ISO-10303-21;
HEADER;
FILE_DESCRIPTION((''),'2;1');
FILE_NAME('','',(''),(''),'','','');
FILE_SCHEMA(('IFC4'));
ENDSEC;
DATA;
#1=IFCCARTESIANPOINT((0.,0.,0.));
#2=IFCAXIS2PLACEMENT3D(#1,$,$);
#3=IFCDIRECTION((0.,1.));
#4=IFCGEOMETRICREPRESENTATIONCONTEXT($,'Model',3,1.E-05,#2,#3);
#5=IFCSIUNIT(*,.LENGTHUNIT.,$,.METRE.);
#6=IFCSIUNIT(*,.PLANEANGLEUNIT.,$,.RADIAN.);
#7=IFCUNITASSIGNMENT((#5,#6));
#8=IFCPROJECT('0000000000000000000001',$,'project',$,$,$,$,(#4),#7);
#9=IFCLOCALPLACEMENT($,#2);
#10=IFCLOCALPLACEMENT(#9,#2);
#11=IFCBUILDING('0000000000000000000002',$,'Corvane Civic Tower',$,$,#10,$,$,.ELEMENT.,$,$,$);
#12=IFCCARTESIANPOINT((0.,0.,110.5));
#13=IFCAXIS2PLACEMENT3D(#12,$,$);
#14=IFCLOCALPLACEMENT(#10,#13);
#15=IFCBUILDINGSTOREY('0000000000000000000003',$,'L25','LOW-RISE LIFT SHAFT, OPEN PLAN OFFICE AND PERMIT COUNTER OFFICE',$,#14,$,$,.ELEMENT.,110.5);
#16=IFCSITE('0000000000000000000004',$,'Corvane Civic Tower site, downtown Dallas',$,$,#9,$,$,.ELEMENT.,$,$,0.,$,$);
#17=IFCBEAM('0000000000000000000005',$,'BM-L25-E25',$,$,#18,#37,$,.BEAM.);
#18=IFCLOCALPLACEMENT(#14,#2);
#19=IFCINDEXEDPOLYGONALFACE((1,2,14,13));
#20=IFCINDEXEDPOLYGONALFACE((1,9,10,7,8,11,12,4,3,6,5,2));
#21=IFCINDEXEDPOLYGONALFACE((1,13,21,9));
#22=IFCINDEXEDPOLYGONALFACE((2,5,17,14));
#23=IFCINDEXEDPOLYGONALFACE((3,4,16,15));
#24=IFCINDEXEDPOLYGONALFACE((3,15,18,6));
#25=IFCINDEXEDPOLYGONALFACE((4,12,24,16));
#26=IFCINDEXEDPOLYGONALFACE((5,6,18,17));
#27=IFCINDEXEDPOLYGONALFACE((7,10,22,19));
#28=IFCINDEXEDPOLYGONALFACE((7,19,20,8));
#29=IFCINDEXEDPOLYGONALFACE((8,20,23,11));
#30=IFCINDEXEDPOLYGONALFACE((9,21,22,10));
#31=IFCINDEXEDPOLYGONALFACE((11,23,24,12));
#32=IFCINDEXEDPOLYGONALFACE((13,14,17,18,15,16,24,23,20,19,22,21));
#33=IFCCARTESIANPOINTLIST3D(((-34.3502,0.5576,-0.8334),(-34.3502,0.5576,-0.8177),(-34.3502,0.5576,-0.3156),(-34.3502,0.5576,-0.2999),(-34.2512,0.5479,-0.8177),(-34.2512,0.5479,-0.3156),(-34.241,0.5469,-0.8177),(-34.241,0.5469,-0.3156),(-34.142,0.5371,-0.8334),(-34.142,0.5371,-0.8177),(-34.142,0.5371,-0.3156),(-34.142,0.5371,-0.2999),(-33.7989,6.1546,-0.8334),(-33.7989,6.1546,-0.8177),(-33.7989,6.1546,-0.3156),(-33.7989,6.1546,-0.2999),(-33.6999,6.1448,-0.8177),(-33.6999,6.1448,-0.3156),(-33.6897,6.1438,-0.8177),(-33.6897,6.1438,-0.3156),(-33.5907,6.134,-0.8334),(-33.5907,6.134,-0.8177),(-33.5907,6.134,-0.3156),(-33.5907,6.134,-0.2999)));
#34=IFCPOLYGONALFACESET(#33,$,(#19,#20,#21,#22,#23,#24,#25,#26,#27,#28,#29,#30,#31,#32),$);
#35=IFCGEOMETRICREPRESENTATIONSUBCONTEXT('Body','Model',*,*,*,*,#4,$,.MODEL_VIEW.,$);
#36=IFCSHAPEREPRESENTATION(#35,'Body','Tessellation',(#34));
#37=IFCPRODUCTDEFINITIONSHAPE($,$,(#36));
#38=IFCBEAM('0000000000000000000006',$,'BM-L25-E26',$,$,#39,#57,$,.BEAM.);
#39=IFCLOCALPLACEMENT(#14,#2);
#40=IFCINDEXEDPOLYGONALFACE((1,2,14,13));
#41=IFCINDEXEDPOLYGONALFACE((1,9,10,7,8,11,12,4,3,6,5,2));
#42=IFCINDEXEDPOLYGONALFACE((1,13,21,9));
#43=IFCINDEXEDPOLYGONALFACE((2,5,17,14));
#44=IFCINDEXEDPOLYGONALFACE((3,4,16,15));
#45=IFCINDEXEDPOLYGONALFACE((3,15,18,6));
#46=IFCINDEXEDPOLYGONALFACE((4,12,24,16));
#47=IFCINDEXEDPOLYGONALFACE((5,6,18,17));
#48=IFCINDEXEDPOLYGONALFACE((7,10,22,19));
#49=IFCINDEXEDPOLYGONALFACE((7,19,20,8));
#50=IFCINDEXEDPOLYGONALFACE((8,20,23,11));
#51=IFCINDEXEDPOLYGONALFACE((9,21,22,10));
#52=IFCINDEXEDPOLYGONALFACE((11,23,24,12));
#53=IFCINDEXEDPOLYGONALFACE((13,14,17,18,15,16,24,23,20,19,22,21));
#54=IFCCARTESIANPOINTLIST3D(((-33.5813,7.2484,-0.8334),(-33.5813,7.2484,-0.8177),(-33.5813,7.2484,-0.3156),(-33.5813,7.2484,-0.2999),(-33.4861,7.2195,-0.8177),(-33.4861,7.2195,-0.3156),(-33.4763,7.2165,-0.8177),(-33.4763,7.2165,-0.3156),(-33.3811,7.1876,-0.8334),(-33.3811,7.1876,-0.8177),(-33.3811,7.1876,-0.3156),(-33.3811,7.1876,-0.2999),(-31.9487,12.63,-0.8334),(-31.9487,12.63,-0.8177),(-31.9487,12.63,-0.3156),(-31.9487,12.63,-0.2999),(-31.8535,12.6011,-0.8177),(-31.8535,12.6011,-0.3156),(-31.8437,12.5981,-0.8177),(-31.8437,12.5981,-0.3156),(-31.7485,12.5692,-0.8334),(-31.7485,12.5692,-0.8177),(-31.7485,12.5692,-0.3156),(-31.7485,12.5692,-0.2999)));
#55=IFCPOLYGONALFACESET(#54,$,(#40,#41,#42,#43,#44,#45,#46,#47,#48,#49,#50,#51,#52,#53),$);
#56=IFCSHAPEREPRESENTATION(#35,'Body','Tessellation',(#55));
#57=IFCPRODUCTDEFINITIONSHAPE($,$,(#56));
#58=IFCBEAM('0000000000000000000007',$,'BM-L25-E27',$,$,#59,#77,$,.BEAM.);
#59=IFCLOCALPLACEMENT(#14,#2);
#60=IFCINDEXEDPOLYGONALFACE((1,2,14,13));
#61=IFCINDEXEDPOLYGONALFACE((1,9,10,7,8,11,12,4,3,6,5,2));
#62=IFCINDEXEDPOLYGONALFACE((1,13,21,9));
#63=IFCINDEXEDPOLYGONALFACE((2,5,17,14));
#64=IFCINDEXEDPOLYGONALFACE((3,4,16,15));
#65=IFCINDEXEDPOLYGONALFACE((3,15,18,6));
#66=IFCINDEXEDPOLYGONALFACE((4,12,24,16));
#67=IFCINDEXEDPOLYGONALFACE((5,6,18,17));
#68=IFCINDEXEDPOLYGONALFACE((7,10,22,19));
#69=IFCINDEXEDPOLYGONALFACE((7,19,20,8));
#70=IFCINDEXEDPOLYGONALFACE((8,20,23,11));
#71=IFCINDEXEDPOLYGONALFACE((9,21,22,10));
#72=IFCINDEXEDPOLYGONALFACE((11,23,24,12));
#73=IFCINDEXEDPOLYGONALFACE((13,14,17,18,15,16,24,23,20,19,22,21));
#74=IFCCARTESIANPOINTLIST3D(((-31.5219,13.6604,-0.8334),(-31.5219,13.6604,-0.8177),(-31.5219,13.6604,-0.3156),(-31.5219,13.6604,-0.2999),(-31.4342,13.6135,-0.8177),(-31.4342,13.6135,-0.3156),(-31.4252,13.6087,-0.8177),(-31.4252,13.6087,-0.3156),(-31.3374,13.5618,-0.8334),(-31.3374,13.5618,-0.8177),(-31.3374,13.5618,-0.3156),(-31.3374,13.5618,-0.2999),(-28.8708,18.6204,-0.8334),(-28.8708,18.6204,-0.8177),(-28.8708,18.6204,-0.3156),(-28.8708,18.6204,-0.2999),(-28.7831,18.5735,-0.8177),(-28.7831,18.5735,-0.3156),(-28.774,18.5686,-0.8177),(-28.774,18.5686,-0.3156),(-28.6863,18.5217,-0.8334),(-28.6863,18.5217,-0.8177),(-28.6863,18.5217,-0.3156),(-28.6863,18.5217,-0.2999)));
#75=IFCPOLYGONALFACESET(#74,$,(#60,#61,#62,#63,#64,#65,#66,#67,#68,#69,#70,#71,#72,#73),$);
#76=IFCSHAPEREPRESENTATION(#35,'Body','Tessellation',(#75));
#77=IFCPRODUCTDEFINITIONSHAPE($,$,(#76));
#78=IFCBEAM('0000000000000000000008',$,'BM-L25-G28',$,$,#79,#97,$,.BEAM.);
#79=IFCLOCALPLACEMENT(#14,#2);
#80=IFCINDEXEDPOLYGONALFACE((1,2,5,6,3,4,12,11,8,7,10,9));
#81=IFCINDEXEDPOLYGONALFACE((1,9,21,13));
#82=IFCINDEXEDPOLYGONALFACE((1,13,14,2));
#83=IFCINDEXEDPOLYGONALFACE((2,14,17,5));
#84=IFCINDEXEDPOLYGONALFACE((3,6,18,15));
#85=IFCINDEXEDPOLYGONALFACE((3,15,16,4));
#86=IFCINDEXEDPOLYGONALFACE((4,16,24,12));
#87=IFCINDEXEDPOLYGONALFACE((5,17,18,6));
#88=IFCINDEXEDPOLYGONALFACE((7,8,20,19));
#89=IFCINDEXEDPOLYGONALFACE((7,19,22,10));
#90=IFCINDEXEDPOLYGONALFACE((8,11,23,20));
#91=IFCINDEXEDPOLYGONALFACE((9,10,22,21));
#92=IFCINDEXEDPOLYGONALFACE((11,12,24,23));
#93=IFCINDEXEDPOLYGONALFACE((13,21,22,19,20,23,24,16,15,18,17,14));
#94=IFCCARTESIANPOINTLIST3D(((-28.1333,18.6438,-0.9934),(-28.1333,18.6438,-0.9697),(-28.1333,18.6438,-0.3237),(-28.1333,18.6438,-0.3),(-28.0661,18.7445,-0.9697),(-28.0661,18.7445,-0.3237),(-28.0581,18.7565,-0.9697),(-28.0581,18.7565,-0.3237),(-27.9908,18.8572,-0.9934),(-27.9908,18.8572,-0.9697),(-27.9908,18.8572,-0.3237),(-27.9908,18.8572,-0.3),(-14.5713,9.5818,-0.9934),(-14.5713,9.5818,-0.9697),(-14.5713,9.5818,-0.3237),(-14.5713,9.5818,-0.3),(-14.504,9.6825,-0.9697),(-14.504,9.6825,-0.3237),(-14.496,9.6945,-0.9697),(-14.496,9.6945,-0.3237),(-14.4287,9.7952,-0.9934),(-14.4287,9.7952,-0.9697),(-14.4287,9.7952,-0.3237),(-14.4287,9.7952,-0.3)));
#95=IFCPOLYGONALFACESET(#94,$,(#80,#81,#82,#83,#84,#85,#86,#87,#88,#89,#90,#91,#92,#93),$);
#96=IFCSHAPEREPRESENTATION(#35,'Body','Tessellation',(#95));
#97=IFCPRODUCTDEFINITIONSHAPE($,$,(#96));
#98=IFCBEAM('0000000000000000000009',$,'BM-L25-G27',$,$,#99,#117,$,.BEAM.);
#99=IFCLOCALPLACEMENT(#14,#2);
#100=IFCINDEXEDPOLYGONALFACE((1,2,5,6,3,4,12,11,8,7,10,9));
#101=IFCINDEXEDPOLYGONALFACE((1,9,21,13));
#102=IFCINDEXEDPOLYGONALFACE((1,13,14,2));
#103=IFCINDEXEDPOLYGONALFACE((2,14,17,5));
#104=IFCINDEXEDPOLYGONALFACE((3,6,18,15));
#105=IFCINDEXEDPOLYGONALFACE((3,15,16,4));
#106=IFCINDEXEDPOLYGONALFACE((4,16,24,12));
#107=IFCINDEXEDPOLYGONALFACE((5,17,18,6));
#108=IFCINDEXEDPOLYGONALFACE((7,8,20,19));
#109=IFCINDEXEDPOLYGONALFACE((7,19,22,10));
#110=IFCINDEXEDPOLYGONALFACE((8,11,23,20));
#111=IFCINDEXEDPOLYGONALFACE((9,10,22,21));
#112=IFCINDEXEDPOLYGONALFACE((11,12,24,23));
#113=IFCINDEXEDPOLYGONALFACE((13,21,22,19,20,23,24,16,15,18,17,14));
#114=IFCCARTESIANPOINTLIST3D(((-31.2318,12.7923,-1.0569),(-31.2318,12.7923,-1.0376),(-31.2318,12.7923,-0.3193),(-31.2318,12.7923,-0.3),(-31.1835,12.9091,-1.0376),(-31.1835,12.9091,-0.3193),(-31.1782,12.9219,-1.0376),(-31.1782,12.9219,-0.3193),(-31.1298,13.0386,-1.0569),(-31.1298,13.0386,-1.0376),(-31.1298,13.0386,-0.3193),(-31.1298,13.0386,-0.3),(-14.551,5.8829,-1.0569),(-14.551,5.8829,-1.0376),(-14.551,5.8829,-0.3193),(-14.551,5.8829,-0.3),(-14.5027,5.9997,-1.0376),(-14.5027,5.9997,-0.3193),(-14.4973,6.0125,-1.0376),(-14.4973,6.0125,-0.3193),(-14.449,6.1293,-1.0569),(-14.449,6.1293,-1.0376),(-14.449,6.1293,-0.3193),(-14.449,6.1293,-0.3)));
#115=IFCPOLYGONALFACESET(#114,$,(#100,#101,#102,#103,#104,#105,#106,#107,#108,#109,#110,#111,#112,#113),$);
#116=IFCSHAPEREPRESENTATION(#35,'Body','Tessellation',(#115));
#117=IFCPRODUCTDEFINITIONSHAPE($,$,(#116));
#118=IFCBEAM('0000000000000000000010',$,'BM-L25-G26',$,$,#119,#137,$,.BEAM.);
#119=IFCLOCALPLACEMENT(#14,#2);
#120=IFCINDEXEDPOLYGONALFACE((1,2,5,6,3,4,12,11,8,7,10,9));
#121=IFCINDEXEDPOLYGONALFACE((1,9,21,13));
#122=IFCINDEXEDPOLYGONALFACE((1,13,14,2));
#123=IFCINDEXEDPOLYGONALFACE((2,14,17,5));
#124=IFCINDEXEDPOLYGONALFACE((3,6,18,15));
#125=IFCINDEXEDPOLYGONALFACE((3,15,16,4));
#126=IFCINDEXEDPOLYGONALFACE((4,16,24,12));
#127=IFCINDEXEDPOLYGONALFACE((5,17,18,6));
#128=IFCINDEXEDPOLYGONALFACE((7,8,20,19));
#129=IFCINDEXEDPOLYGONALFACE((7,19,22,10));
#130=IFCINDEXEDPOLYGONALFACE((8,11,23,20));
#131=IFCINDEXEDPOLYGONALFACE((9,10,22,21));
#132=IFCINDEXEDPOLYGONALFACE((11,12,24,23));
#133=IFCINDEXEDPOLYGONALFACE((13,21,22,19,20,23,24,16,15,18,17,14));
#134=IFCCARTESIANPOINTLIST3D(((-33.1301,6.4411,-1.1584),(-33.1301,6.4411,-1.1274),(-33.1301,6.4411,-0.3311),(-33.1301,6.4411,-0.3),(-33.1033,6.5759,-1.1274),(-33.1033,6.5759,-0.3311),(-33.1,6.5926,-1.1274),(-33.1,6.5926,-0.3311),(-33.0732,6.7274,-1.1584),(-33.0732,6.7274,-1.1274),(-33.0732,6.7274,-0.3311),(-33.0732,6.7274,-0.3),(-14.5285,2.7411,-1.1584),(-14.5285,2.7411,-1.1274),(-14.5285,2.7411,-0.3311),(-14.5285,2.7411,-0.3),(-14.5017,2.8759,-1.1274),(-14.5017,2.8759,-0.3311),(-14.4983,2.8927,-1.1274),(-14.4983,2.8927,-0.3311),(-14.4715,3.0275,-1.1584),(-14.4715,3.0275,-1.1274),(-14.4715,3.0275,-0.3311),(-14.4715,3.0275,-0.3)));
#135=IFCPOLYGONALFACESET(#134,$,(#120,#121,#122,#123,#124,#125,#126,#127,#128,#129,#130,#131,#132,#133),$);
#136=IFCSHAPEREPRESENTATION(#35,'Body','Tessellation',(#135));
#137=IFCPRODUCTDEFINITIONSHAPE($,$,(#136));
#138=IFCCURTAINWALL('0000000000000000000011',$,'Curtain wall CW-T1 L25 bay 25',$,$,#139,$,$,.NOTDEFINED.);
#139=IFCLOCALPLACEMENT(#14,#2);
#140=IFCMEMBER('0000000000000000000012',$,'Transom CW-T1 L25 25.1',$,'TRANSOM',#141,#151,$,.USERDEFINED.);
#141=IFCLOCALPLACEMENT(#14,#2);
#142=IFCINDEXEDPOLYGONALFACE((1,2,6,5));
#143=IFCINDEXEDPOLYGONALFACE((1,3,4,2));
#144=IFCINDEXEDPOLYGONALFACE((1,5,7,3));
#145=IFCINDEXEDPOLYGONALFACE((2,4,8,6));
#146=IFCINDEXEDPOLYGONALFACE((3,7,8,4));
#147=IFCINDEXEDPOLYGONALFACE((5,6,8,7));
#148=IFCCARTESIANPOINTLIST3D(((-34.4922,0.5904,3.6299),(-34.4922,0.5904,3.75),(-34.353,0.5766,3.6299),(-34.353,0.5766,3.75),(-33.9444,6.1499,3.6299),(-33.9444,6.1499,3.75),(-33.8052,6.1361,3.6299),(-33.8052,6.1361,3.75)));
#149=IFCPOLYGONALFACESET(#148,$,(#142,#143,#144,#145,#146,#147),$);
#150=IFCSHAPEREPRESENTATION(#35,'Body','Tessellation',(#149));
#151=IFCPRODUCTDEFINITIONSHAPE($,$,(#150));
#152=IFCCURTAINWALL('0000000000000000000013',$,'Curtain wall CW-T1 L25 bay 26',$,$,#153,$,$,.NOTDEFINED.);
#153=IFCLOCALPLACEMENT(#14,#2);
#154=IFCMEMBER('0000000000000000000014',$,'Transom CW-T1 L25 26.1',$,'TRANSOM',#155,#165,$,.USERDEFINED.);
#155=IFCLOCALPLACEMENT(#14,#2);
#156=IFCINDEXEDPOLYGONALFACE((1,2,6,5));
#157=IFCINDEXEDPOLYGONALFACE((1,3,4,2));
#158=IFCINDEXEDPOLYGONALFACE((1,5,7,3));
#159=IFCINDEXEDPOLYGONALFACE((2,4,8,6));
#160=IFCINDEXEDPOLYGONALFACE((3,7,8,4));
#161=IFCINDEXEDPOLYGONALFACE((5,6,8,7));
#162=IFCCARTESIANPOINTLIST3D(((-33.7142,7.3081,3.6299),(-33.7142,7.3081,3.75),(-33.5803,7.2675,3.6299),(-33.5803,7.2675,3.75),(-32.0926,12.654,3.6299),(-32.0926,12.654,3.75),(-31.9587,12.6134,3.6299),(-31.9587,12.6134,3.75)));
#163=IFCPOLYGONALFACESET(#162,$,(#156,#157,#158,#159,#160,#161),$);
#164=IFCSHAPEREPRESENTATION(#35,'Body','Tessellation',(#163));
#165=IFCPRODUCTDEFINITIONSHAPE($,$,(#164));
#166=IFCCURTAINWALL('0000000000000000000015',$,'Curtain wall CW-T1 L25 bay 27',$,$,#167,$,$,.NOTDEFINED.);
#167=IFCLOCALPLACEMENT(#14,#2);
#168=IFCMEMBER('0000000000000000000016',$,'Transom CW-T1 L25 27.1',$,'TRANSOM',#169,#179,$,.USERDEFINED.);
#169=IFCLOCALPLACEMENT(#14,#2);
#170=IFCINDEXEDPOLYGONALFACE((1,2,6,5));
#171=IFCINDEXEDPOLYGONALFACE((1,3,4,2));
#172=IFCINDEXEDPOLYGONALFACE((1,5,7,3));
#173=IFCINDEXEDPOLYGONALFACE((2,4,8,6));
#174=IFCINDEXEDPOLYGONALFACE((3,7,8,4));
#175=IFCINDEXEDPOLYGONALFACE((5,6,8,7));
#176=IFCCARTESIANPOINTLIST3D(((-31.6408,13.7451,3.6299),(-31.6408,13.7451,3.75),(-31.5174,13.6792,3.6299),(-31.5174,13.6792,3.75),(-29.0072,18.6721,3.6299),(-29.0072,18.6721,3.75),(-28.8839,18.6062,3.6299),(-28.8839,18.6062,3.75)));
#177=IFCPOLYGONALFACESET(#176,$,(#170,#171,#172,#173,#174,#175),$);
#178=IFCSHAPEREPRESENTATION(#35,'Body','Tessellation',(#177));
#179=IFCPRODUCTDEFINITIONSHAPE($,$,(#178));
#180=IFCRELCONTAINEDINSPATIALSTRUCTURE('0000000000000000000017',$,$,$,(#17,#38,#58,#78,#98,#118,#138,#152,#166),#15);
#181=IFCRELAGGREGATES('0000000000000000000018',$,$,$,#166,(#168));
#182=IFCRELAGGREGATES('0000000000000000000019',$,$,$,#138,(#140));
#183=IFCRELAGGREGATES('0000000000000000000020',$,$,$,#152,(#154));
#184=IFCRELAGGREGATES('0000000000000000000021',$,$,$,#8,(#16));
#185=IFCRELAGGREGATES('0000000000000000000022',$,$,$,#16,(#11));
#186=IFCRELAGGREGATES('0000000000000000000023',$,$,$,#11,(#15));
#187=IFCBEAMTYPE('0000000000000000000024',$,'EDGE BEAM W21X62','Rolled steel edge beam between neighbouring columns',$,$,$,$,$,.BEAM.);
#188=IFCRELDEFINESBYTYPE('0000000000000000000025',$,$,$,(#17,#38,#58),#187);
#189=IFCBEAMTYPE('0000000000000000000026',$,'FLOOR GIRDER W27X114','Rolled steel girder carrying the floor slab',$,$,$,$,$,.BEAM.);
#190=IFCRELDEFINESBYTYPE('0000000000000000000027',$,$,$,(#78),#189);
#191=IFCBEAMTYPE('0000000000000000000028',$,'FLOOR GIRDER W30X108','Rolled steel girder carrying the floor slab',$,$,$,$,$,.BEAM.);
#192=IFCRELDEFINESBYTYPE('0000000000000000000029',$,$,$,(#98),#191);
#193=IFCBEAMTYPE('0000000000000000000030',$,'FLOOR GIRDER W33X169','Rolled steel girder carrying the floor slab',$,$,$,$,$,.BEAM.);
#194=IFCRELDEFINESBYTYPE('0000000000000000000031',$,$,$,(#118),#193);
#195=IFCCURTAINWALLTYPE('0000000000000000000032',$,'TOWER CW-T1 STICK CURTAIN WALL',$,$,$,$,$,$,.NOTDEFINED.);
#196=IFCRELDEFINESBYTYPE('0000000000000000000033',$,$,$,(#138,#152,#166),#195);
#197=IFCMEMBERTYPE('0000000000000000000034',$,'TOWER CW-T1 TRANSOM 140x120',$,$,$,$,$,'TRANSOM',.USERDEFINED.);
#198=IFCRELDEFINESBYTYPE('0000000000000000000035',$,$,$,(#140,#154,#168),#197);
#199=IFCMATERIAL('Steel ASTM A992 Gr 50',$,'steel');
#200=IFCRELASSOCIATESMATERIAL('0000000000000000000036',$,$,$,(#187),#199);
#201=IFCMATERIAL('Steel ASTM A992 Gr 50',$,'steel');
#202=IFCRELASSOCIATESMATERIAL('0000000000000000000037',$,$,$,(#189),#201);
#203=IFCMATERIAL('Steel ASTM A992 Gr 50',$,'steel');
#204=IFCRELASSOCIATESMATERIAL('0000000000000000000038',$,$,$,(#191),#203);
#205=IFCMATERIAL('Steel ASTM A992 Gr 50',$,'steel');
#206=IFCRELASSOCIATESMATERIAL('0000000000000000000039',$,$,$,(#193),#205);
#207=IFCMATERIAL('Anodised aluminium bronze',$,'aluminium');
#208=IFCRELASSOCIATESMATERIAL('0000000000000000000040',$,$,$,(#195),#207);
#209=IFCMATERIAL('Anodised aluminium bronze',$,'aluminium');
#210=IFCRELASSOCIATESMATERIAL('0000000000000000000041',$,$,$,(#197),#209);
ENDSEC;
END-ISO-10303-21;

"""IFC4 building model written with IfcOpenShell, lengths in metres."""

from ifc_helpers import new_model, si_unit, direction, frame, origin, origin_2d, place, context, subcontext, project, spatial, rectangle, i_section, extrude, material, material_profile, profile_set, type_object, element, aggregate, save


model = new_model("IFC4")

# Units and contexts
model_context = context("Model", 3, precision=1e-05, world=origin(), true_north=direction((0.0, 1.0)))
body_context = subcontext(model_context, "Body", "Model", "MODEL_VIEW")
ifc_project = project(units=[si_unit("LENGTHUNIT", "METRE"), si_unit("PLANEANGLEUNIT", "RADIAN")], contexts=[model_context])

# Site, building, storey
site_placement = place(None, origin())
site = spatial("IfcSite", under=ifc_project, at=site_placement, Name="Corvane Civic Tower site, downtown Dallas", CompositionType="ELEMENT", RefElevation=0.0)
building_placement = place(site_placement, origin())
building = spatial("IfcBuilding", under=site, at=building_placement, Name="Corvane Civic Tower", CompositionType="ELEMENT")
storey_placement = place(building_placement, frame((0.0, 0.0, 110.5)))
storey = spatial("IfcBuildingStorey", under=building, at=storey_placement, Name="L25", Description="LOW-RISE LIFT SHAFT, OPEN PLAN OFFICE AND PERMIT COUNTER OFFICE", CompositionType="ELEMENT", Elevation=110.5)

# Beams
ifc_material_1 = material(Name="Steel ASTM A992 Gr 50", Category="steel")
ifc_material_profile_1 = material_profile(ifc_material_1, i_section(OverallWidth=0.2092, OverallDepth=0.5334, WebThickness=0.0103, FlangeThickness=0.0156, at=origin_2d()), Name="W21X62")
ifc_profile_set_1 = profile_set([ifc_material_profile_1], Name="Steel ASTM A992 Gr 50")
beam_type_1 = type_object("IfcBeamType", Name="EDGE BEAM W21X62", Description="Rolled steel edge beam between neighbouring columns", PredefinedType="BEAM", material=ifc_profile_set_1)
beam_1_placement = place(storey_placement, frame((-34.2461, 0.5474, -0.5667), z_axis=(0.098021, 0.995184, 0.0), x_axis=(-0.995184, 0.098021, 0.0)))
element("IfcBeam", 1, at=beam_1_placement, inside=storey, type_object=beam_type_1, Name="BM-L25-E25", PredefinedType="BEAM", context=body_context, shape_type="SweptSolid", body=[
    extrude(i_section(OverallWidth=0.2092, OverallDepth=0.5334, WebThickness=0.0103, FlangeThickness=0.0156, at=origin_2d()), origin(), (0.0, 0.0, 1.0), 5.624),
])
beam_2_placement = place(storey_placement, frame((-33.4812, 7.218, -0.5667), z_axis=(0.290298, 0.956936, 0.0), x_axis=(-0.956936, 0.290298, 0.0)))
element("IfcBeam", 2, at=beam_2_placement, inside=storey, type_object=beam_type_1, Name="BM-L25-E26", PredefinedType="BEAM", context=body_context, shape_type="SweptSolid", body=[
    extrude(i_section(OverallWidth=0.2092, OverallDepth=0.5334, WebThickness=0.0103, FlangeThickness=0.0156, at=origin_2d()), origin(), (0.0, 0.0, 1.0), 5.6238),
])
beam_3_placement = place(storey_placement, frame((-31.4297, 13.6111, -0.5667), z_axis=(0.471392, 0.881924, 0.0), x_axis=(-0.881924, 0.471392, 0.0)))
element("IfcBeam", 3, at=beam_3_placement, inside=storey, type_object=beam_type_1, Name="BM-L25-E27", PredefinedType="BEAM", context=body_context, shape_type="SweptSolid", body=[
    extrude(i_section(OverallWidth=0.2092, OverallDepth=0.5334, WebThickness=0.0103, FlangeThickness=0.0156, at=origin_2d()), origin(), (0.0, 0.0, 1.0), 5.624),
])
ifc_material_2 = material(Name="Steel ASTM A992 Gr 50", Category="steel")
ifc_material_profile_2 = material_profile(ifc_material_2, i_section(OverallWidth=0.2566, OverallDepth=0.6934, WebThickness=0.0144, FlangeThickness=0.0237, at=origin_2d()), Name="W27X114")
ifc_profile_set_2 = profile_set([ifc_material_profile_2], Name="Steel ASTM A992 Gr 50")
beam_type_2 = type_object("IfcBeamType", Name="FLOOR GIRDER W27X114", Description="Rolled steel girder carrying the floor slab", PredefinedType="BEAM", material=ifc_profile_set_2)
beam_4_placement = place(storey_placement, frame((-14.5, 9.6885, -0.6467), z_axis=(-0.831465, 0.555577, 0.0), x_axis=(-0.555577, -0.831465, 0.0)))
element("IfcBeam", 4, at=beam_4_placement, inside=storey, type_object=beam_type_2, Name="BM-L25-G28", PredefinedType="BEAM", context=body_context, shape_type="SweptSolid", body=[
    extrude(i_section(OverallWidth=0.2566, OverallDepth=0.6934, WebThickness=0.0144, FlangeThickness=0.0237, at=origin_2d()), origin(), (0.0, 0.0, 1.0), 16.311),
])
ifc_material_3 = material(Name="Steel ASTM A992 Gr 50", Category="steel")
ifc_material_profile_3 = material_profile(ifc_material_3, i_section(OverallWidth=0.2666, OverallDepth=0.7568, WebThickness=0.0139, FlangeThickness=0.0193, at=origin_2d()), Name="W30X108")
ifc_profile_set_3 = profile_set([ifc_material_profile_3], Name="Steel ASTM A992 Gr 50")
beam_type_3 = type_object("IfcBeamType", Name="FLOOR GIRDER W30X108", Description="Rolled steel girder carrying the floor slab", PredefinedType="BEAM", material=ifc_profile_set_3)
beam_5_placement = place(storey_placement, frame((-14.5, 6.0061, -0.6785), z_axis=(-0.92388, 0.382682, 0.0), x_axis=(-0.382682, -0.92388, 0.0)))
element("IfcBeam", 5, at=beam_5_placement, inside=storey, type_object=beam_type_3, Name="BM-L25-G27", PredefinedType="BEAM", context=body_context, shape_type="SweptSolid", body=[
    extrude(i_section(OverallWidth=0.2666, OverallDepth=0.7568, WebThickness=0.0139, FlangeThickness=0.0193, at=origin_2d()), origin(), (0.0, 0.0, 1.0), 18.0552),
])
ifc_material_4 = material(Name="Steel ASTM A992 Gr 50", Category="steel")
ifc_material_profile_4 = material_profile(ifc_material_4, i_section(OverallWidth=0.292, OverallDepth=0.8584, WebThickness=0.0171, FlangeThickness=0.031, at=origin_2d()), Name="W33X169")
ifc_profile_set_4 = profile_set([ifc_material_profile_4], Name="Steel ASTM A992 Gr 50")
beam_type_4 = type_object("IfcBeamType", Name="FLOOR GIRDER W33X169", Description="Rolled steel girder carrying the floor slab", PredefinedType="BEAM", material=ifc_profile_set_4)
beam_6_placement = place(storey_placement, frame((-14.5, 2.8843, -0.7292), z_axis=(-0.980787, 0.195084, 0.0), x_axis=(-0.195084, -0.980787, 0.0)))
element("IfcBeam", 6, at=beam_6_placement, inside=storey, type_object=beam_type_4, Name="BM-L25-G26", PredefinedType="BEAM", context=body_context, shape_type="SweptSolid", body=[
    extrude(i_section(OverallWidth=0.292, OverallDepth=0.8584, WebThickness=0.0171, FlangeThickness=0.031, at=origin_2d()), origin(), (0.0, 0.0, 1.0), 18.9661),
])

# Curtain walls, members
ifc_material_5 = material(Name="Anodised aluminium bronze", Category="aluminium")
curtain_wall_type = type_object("IfcCurtainWallType", Name="TOWER CW-T1 STICK CURTAIN WALL", PredefinedType="NOTDEFINED", material=ifc_material_5)
curtain_wall_1_placement = place(storey_placement, origin())
curtain_wall_1 = element("IfcCurtainWall", 7, at=curtain_wall_1_placement, inside=storey, type_object=curtain_wall_type, Name="Curtain wall CW-T1 L25 bay 25", PredefinedType="NOTDEFINED")
ifc_material_6 = material(Name="Anodised aluminium bronze", Category="aluminium")
ifc_material_profile_5 = material_profile(ifc_material_6, rectangle(XDim=0.1399, YDim=0.1201, at=origin_2d()), Name="TOWER CW-T1 TRANSOM 140x120")
ifc_profile_set_5 = profile_set([ifc_material_profile_5], Name="Anodised aluminium bronze")
member_type = type_object("IfcMemberType", Name="TOWER CW-T1 TRANSOM 140x120", ElementType="TRANSOM", PredefinedType="USERDEFINED", material=ifc_profile_set_5)
member_1_placement = place(storey_placement, frame((-34.4226, 0.5835, 3.6899), z_axis=(0.098067, 0.99518, 0.0), x_axis=(-0.99518, 0.098067, 0.0)))
member_1 = element("IfcMember", 8, at=member_1_placement, type_object=member_type, Name="Transom CW-T1 L25 25.1", ObjectType="TRANSOM", PredefinedType="USERDEFINED", context=body_context, shape_type="SweptSolid", body=[
    extrude(rectangle(XDim=0.1399, YDim=0.1201, at=origin_2d()), origin(), (0.0, 0.0, 1.0), 5.5864),
])
curtain_wall_2_placement = place(storey_placement, origin())
curtain_wall_2 = element("IfcCurtainWall", 9, at=curtain_wall_2_placement, inside=storey, type_object=curtain_wall_type, Name="Curtain wall CW-T1 L25 bay 26", PredefinedType="NOTDEFINED")
member_2_placement = place(storey_placement, frame((-33.6472, 7.2878, 3.6899), z_axis=(0.290269, 0.956945, 0.0), x_axis=(-0.956945, 0.290269, 0.0)))
member_2 = element("IfcMember", 10, at=member_2_placement, type_object=member_type, Name="Transom CW-T1 L25 26.1", ObjectType="TRANSOM", PredefinedType="USERDEFINED", context=body_context, shape_type="SweptSolid", body=[
    extrude(rectangle(XDim=0.1399, YDim=0.1201, at=origin_2d()), origin(), (0.0, 0.0, 1.0), 5.5864),
])
curtain_wall_3_placement = place(storey_placement, origin())
curtain_wall_3 = element("IfcCurtainWall", 11, at=curtain_wall_3_placement, inside=storey, type_object=curtain_wall_type, Name="Curtain wall CW-T1 L25 bay 27", PredefinedType="NOTDEFINED")
member_3_placement = place(storey_placement, frame((-31.5791, 13.7122, 3.6899), z_axis=(0.471398, 0.881921, 0.0), x_axis=(-0.881921, 0.471398, 0.0)))
member_3 = element("IfcMember", 12, at=member_3_placement, type_object=member_type, Name="Transom CW-T1 L25 27.1", ObjectType="TRANSOM", PredefinedType="USERDEFINED", context=body_context, shape_type="SweptSolid", body=[
    extrude(rectangle(XDim=0.1399, YDim=0.1201, at=origin_2d()), origin(), (0.0, 0.0, 1.0), 5.5867),
])
aggregate(curtain_wall_3, [member_3])

aggregate(curtain_wall_1, [member_1])
aggregate(curtain_wall_2, [member_2])

save(model, "model.ifc")
